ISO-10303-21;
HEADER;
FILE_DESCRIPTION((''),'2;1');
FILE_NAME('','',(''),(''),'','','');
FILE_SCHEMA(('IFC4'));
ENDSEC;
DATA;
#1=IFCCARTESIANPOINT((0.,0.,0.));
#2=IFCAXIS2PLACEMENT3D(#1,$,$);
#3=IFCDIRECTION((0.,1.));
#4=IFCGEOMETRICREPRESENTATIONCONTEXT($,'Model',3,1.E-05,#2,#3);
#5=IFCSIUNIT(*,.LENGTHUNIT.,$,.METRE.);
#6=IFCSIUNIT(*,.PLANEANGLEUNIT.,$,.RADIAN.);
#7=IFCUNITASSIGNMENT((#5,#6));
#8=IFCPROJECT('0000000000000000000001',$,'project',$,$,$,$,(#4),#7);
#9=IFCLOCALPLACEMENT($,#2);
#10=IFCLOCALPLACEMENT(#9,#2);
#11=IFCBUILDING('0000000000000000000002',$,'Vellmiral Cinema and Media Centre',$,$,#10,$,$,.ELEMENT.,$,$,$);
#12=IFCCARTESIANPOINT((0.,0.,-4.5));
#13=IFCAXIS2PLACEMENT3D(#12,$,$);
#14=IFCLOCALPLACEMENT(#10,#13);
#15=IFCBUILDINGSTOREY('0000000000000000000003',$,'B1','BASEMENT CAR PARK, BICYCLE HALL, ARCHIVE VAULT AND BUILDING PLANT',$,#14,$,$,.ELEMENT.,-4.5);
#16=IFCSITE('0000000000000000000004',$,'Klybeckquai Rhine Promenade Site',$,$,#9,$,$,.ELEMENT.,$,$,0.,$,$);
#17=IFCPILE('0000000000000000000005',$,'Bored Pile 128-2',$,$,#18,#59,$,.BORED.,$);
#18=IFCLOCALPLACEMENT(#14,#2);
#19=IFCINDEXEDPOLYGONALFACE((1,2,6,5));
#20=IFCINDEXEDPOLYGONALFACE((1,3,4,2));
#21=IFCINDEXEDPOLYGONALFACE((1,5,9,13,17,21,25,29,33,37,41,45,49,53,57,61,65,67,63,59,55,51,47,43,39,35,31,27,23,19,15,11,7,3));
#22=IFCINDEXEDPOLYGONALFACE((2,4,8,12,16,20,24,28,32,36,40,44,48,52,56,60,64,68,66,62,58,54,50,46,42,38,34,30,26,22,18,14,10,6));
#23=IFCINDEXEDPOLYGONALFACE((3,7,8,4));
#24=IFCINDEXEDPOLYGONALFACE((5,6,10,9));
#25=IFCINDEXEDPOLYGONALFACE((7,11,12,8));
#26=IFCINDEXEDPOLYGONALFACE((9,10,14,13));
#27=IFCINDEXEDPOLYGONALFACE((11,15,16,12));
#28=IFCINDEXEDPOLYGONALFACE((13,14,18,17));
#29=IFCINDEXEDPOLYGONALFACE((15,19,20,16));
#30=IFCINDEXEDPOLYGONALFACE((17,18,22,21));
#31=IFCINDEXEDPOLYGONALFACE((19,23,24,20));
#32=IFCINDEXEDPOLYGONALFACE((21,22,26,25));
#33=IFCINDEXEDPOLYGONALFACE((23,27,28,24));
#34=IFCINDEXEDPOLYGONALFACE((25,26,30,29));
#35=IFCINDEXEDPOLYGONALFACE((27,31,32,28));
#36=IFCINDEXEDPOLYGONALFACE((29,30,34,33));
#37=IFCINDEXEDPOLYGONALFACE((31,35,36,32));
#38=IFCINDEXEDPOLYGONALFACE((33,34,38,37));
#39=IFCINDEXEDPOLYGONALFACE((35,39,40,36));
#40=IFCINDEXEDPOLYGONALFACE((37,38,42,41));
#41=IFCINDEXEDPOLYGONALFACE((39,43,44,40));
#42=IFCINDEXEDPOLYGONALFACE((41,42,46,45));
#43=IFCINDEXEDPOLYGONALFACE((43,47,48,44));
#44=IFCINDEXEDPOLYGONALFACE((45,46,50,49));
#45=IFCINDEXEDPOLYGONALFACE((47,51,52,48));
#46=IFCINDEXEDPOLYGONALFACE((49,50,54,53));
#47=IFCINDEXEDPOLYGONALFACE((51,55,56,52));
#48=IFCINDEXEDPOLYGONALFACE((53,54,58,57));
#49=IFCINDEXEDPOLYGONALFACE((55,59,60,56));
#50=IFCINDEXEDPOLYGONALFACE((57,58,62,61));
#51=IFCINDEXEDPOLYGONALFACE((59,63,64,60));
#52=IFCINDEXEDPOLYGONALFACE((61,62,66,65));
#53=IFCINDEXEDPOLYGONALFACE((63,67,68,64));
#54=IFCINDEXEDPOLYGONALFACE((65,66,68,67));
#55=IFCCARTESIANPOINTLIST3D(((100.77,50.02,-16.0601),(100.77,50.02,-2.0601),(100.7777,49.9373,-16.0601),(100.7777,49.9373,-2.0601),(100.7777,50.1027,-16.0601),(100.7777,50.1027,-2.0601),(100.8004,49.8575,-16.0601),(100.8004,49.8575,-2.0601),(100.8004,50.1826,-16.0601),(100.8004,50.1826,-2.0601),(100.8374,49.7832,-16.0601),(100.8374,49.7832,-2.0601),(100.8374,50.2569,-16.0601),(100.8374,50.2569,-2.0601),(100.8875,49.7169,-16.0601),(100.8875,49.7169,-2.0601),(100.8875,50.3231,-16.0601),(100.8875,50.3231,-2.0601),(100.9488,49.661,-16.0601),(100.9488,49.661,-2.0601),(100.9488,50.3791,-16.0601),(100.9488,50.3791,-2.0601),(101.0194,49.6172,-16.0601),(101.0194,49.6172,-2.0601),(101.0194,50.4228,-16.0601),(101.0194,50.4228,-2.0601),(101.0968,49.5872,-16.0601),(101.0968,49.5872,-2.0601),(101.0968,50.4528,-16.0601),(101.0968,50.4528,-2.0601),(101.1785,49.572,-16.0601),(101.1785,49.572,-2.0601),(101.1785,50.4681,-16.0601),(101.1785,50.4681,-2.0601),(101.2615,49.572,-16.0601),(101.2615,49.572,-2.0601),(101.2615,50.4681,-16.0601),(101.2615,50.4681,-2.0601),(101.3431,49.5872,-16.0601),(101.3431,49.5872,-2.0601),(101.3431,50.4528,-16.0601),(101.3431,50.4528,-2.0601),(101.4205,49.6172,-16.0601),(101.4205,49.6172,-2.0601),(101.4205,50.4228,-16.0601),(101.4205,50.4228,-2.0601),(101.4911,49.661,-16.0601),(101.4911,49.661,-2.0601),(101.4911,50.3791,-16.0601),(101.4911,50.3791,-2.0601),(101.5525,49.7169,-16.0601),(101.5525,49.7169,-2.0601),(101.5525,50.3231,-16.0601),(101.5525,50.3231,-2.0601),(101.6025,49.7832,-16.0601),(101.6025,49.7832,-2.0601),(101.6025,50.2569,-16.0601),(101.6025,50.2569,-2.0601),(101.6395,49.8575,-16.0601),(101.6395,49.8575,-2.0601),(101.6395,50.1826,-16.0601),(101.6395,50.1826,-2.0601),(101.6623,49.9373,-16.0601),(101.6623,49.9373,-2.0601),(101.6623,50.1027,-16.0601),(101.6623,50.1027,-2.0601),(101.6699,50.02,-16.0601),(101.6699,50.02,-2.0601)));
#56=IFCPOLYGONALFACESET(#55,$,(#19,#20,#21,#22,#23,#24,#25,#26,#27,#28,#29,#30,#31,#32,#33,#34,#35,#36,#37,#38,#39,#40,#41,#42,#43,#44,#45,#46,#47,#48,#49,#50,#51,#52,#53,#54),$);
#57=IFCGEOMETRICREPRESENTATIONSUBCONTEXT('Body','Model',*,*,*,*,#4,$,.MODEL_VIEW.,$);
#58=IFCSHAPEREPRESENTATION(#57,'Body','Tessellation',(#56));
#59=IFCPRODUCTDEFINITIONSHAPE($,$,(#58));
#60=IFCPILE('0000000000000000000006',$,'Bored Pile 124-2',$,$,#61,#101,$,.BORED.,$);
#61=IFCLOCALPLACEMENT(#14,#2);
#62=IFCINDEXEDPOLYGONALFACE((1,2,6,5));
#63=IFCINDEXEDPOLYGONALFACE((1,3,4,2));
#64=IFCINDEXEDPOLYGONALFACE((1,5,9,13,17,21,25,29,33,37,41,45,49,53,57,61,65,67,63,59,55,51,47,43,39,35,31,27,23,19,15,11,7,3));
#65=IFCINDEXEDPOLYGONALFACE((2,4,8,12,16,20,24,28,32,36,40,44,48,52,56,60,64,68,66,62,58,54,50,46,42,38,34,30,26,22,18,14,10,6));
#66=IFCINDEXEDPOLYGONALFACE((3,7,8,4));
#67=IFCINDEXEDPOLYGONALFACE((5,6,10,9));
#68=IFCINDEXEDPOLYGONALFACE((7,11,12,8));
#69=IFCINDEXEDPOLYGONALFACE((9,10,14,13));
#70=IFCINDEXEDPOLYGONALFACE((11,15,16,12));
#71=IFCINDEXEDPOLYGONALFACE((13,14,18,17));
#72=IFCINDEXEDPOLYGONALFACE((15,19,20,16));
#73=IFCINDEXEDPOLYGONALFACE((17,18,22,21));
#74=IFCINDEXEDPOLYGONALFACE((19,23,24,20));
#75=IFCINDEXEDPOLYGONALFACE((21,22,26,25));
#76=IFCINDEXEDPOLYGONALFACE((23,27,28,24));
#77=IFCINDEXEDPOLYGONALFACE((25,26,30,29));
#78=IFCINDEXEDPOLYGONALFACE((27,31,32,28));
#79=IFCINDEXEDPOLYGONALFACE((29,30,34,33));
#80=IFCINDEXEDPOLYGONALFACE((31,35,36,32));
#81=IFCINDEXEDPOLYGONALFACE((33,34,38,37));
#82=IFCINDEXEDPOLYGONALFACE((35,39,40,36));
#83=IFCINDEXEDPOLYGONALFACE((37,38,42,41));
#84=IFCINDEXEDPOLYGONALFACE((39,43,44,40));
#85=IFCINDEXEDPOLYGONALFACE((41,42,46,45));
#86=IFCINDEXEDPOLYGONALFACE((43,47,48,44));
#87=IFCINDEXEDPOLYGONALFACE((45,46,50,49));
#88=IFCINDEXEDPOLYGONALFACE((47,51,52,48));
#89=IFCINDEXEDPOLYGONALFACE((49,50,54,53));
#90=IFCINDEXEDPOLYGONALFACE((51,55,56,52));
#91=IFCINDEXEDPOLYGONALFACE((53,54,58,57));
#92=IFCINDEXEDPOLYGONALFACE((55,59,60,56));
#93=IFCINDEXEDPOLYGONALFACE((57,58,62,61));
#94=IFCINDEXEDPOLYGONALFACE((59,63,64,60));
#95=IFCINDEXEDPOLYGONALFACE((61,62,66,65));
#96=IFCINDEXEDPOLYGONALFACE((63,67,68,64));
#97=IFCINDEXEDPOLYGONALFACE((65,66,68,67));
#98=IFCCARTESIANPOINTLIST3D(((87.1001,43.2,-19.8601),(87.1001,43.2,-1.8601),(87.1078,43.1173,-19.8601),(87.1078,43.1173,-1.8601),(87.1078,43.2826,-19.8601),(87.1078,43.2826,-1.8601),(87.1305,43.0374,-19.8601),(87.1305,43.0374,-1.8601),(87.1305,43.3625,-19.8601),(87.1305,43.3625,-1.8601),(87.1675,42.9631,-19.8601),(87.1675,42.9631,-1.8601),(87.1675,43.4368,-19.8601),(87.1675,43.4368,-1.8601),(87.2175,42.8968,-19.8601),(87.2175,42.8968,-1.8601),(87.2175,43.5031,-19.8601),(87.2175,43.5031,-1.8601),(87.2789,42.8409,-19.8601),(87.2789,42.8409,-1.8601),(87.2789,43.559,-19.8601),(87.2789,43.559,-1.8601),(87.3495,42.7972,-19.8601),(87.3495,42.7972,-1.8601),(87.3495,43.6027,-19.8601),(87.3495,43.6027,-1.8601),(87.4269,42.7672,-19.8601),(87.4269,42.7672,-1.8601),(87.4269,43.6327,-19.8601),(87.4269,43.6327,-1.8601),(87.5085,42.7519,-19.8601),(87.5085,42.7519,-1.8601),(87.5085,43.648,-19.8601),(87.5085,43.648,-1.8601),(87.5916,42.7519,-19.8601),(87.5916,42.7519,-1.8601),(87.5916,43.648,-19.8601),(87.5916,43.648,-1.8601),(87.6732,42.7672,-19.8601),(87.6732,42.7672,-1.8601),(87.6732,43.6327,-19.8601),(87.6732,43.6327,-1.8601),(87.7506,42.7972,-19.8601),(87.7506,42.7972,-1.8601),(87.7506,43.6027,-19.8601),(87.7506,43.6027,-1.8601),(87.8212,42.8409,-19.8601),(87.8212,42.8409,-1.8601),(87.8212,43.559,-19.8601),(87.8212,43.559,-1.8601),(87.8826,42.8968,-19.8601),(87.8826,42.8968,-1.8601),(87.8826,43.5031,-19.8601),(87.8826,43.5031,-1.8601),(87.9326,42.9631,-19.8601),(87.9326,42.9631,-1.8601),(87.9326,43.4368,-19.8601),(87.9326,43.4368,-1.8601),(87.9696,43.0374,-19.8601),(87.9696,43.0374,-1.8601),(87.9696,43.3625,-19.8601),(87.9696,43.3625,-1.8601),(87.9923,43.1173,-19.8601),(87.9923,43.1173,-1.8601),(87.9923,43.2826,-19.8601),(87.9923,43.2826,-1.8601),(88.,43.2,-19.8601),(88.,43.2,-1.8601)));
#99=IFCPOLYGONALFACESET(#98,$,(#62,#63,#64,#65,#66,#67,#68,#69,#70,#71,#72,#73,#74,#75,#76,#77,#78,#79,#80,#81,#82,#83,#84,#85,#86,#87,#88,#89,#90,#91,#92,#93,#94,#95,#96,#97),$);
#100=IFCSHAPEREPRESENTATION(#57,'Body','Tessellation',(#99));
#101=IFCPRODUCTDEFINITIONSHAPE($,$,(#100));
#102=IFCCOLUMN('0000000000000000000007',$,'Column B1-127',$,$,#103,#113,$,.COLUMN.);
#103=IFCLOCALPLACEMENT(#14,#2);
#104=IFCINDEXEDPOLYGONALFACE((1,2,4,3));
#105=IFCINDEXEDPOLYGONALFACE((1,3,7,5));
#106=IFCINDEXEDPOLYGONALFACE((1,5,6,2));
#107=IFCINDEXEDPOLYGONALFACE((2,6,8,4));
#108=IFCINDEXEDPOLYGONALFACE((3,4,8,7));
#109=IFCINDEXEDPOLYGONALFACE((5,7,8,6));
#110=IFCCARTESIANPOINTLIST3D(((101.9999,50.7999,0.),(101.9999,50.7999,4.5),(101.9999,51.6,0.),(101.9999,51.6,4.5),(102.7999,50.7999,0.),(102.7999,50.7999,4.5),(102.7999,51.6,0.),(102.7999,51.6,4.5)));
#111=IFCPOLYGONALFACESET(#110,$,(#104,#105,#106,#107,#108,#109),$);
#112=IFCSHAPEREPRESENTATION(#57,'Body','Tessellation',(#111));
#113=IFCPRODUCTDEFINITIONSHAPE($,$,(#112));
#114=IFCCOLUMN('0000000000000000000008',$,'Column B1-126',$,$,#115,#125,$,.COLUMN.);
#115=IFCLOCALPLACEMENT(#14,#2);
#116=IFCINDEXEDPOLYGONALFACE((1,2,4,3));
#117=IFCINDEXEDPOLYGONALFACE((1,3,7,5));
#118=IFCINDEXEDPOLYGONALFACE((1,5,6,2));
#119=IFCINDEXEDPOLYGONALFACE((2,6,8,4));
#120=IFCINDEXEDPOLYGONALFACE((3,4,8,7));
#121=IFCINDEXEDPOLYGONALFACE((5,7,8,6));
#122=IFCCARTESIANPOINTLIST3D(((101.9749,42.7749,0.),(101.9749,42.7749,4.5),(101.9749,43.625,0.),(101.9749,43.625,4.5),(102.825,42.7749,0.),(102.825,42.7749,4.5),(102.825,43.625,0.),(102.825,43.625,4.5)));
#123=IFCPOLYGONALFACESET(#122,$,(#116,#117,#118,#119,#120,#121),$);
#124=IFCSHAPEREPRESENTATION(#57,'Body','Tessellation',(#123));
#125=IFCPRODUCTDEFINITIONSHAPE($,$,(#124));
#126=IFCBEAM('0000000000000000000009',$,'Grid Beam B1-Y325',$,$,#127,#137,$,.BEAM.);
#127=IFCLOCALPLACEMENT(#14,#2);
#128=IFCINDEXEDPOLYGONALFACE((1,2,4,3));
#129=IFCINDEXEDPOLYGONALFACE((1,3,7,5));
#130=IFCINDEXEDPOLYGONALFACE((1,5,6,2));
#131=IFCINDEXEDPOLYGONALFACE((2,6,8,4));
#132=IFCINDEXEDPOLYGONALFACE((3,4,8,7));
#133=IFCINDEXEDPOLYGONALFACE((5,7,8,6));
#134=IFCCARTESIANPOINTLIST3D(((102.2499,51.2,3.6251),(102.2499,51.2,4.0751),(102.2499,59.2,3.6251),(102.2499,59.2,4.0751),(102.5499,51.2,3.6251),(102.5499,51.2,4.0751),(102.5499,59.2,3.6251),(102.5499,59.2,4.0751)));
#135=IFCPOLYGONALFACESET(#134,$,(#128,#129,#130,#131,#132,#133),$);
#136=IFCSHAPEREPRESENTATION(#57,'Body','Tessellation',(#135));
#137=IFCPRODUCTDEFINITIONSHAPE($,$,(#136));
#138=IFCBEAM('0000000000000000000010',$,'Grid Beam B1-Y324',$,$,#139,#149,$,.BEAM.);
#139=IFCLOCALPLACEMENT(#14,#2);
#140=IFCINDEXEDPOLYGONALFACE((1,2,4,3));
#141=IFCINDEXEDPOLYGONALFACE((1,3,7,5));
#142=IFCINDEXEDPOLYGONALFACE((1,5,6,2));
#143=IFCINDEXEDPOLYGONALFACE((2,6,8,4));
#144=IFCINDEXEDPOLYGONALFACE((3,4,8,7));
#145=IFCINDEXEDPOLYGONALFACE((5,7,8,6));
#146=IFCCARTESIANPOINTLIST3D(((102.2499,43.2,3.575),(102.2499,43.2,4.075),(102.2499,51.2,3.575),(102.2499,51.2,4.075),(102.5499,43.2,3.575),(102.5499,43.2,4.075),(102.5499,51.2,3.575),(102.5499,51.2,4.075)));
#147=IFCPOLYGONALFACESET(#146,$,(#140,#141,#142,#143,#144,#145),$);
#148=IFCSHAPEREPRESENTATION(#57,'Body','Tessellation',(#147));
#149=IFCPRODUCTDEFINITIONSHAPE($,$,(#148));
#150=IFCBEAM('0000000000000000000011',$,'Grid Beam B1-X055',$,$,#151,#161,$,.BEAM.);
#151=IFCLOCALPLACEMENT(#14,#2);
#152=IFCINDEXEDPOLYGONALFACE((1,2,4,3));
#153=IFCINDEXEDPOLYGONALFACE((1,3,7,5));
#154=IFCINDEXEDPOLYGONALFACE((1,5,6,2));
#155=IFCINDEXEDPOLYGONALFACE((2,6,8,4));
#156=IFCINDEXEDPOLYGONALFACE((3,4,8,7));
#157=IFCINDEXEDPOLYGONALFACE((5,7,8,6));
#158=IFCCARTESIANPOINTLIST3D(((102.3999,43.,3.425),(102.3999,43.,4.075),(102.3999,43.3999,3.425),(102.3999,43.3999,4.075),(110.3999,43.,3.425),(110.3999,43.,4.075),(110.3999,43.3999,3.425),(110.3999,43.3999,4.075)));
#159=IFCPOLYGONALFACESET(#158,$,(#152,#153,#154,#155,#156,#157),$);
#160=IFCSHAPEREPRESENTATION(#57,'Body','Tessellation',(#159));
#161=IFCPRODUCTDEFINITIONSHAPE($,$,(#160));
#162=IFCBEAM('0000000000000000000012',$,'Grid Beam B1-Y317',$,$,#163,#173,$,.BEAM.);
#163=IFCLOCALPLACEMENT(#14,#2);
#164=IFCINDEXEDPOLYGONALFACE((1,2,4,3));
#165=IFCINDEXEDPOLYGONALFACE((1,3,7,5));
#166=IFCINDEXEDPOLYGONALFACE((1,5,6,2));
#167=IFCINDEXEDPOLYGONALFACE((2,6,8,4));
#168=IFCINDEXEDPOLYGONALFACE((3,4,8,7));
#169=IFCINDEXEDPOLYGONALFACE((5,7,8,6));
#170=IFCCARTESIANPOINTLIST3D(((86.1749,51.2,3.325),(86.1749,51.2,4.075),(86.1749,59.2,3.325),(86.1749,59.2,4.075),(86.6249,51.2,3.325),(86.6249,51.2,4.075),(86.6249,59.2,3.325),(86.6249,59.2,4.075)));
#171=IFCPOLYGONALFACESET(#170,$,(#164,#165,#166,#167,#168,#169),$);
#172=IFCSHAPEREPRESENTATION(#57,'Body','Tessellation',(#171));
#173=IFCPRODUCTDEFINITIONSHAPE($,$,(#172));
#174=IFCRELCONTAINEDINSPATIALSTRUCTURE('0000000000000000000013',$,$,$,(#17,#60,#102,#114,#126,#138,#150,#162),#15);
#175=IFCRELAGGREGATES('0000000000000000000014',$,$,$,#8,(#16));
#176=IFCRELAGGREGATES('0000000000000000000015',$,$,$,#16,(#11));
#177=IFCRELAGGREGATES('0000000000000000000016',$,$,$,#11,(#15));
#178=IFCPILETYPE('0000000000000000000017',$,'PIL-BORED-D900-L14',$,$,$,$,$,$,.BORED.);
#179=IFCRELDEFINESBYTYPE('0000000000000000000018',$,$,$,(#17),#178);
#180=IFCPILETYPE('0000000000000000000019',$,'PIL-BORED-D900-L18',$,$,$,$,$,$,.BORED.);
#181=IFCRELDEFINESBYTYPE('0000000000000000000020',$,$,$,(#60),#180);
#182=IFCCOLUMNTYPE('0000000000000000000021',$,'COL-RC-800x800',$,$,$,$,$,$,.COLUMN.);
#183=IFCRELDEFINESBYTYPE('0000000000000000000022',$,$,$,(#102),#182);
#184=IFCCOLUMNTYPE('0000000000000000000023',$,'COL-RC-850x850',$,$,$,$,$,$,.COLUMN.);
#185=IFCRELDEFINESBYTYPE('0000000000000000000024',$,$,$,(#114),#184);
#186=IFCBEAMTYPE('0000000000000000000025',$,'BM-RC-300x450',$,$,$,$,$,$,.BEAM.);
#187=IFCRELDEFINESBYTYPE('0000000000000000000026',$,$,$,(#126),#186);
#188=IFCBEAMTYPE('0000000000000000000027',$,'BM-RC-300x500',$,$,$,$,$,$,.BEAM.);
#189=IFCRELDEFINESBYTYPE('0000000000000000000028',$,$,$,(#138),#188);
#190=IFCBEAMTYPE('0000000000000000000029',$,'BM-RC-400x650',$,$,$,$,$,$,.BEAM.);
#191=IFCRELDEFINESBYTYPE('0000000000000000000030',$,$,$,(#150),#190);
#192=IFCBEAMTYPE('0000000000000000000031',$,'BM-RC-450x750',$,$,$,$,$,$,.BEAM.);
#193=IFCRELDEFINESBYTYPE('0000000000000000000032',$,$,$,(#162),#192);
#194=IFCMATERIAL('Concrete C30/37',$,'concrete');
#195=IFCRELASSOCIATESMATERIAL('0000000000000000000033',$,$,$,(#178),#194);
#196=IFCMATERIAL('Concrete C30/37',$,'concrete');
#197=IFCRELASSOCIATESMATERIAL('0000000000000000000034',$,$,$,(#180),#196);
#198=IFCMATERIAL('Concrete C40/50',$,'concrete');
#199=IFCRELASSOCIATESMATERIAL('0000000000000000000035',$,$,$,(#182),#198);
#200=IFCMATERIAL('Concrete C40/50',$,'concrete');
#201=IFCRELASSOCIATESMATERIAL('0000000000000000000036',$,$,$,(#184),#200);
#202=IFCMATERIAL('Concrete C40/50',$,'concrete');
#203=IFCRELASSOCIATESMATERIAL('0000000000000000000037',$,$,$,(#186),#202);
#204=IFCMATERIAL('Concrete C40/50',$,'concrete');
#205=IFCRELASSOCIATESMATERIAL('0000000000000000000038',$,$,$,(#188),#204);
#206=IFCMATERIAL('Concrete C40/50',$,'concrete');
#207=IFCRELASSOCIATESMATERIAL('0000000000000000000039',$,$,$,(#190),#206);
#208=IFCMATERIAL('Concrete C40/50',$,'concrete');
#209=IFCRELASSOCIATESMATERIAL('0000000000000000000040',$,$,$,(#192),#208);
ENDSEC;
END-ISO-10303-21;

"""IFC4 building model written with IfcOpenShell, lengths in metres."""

from ifc_helpers import new_model, si_unit, direction, frame, origin, origin_2d, place, context, subcontext, project, spatial, rectangle, circle, extrude, material, material_profile, profile_set, type_object, element, save


model = new_model("IFC4")

# Units and contexts
model_context = context("Model", 3, precision=1e-05, world=origin(), true_north=direction((0.0, 1.0)))
body_context = subcontext(model_context, "Body", "Model", "MODEL_VIEW")
ifc_project = project(units=[si_unit("LENGTHUNIT", "METRE"), si_unit("PLANEANGLEUNIT", "RADIAN")], contexts=[model_context])

# Site, building, storey
site_placement = place(None, origin())
site = spatial("IfcSite", under=ifc_project, at=site_placement, Name="Klybeckquai Rhine Promenade Site", CompositionType="ELEMENT", RefElevation=0.0)
building_placement = place(site_placement, origin())
building = spatial("IfcBuilding", under=site, at=building_placement, Name="Vellmiral Cinema and Media Centre", CompositionType="ELEMENT")
storey_placement = place(building_placement, frame((0.0, 0.0, -4.5)))
storey = spatial("IfcBuildingStorey", under=building, at=storey_placement, Name="B1", Description="BASEMENT CAR PARK, BICYCLE HALL, ARCHIVE VAULT AND BUILDING PLANT", CompositionType="ELEMENT", Elevation=-4.5)

# Piles
ifc_material_1 = material(Name="Concrete C30/37", Category="concrete")
ifc_material_profile_1 = material_profile(ifc_material_1, circle(Radius=0.45, at=origin_2d()), Name="PILE D900")
ifc_profile_set_1 = profile_set([ifc_material_profile_1], Name="Concrete C30/37")
pile_type_1 = type_object("IfcPileType", Name="PIL-BORED-D900-L14", PredefinedType="BORED", material=ifc_profile_set_1)
pile_1_placement = place(storey_placement, frame((101.22, 50.02, -2.0601), z_axis=(0.0, 0.0, -1.0), x_axis=(1.0, 0.0, 0.0)))
element("IfcPile", 1, at=pile_1_placement, inside=storey, type_object=pile_type_1, Name="Bored Pile 128-2", PredefinedType="BORED", context=body_context, shape_type="SweptSolid", body=[
    extrude(circle(Radius=0.45, at=origin_2d()), origin(), (0.0, 0.0, 1.0), 14.0),
])
ifc_material_2 = material(Name="Concrete C30/37", Category="concrete")
ifc_material_profile_2 = material_profile(ifc_material_2, circle(Radius=0.45, at=origin_2d()), Name="PILE D900")
ifc_profile_set_2 = profile_set([ifc_material_profile_2], Name="Concrete C30/37")
pile_type_2 = type_object("IfcPileType", Name="PIL-BORED-D900-L18", PredefinedType="BORED", material=ifc_profile_set_2)
pile_2_placement = place(storey_placement, frame((87.55, 43.2, -1.8601), z_axis=(0.0, 0.0, -1.0), x_axis=(1.0, 0.0, 0.0)))
element("IfcPile", 2, at=pile_2_placement, inside=storey, type_object=pile_type_2, Name="Bored Pile 124-2", PredefinedType="BORED", context=body_context, shape_type="SweptSolid", body=[
    extrude(circle(Radius=0.45, at=origin_2d()), origin(), (0.0, 0.0, 1.0), 18.0),
])

# Columns
ifc_material_3 = material(Name="Concrete C40/50", Category="concrete")
ifc_material_profile_3 = material_profile(ifc_material_3, rectangle(XDim=0.8, YDim=0.8, at=origin_2d()), Name="RC 800x800")
ifc_profile_set_3 = profile_set([ifc_material_profile_3], Name="Concrete C40/50")
column_type_1 = type_object("IfcColumnType", Name="COL-RC-800x800", PredefinedType="COLUMN", material=ifc_profile_set_3)
column_1_placement = place(storey_placement, frame((102.3999, 51.2, 0.0), z_axis=(0.0, 0.0, 1.0), x_axis=(1.0, 0.0, 0.0)))
element("IfcColumn", 3, at=column_1_placement, inside=storey, type_object=column_type_1, Name="Column B1-127", PredefinedType="COLUMN", context=body_context, shape_type="SweptSolid", body=[
    extrude(rectangle(XDim=0.8, YDim=0.8, at=origin_2d()), origin(), (0.0, 0.0, 1.0), 4.5),
])
ifc_material_4 = material(Name="Concrete C40/50", Category="concrete")
ifc_material_profile_4 = material_profile(ifc_material_4, rectangle(XDim=0.8501, YDim=0.8501, at=origin_2d()), Name="RC 850x850")
ifc_profile_set_4 = profile_set([ifc_material_profile_4], Name="Concrete C40/50")
column_type_2 = type_object("IfcColumnType", Name="COL-RC-850x850", PredefinedType="COLUMN", material=ifc_profile_set_4)
column_2_placement = place(storey_placement, frame((102.3999, 43.2, 0.0), z_axis=(0.0, 0.0, 1.0), x_axis=(1.0, 0.0, 0.0)))
element("IfcColumn", 4, at=column_2_placement, inside=storey, type_object=column_type_2, Name="Column B1-126", PredefinedType="COLUMN", context=body_context, shape_type="SweptSolid", body=[
    extrude(rectangle(XDim=0.8501, YDim=0.8501, at=origin_2d()), origin(), (0.0, 0.0, 1.0), 4.5),
])

# Beams
ifc_material_5 = material(Name="Concrete C40/50", Category="concrete")
ifc_material_profile_5 = material_profile(ifc_material_5, rectangle(XDim=0.3, YDim=0.45, at=origin_2d()), Name="RC 300x450")
ifc_profile_set_5 = profile_set([ifc_material_profile_5], Name="Concrete C40/50")
beam_type_1 = type_object("IfcBeamType", Name="BM-RC-300x450", PredefinedType="BEAM", material=ifc_profile_set_5)
beam_1_placement = place(storey_placement, frame((102.3999, 51.2, 3.8501), z_axis=(0.0, 1.0, 0.0), x_axis=(-1.0, 0.0, 0.0)))
element("IfcBeam", 5, at=beam_1_placement, inside=storey, type_object=beam_type_1, Name="Grid Beam B1-Y325", PredefinedType="BEAM", context=body_context, shape_type="SweptSolid", body=[
    extrude(rectangle(XDim=0.3, YDim=0.45, at=origin_2d()), origin(), (0.0, 0.0, 1.0), 8.0),
])
ifc_material_6 = material(Name="Concrete C40/50", Category="concrete")
ifc_material_profile_6 = material_profile(ifc_material_6, rectangle(XDim=0.3, YDim=0.5, at=origin_2d()), Name="RC 300x500")
ifc_profile_set_6 = profile_set([ifc_material_profile_6], Name="Concrete C40/50")
beam_type_2 = type_object("IfcBeamType", Name="BM-RC-300x500", PredefinedType="BEAM", material=ifc_profile_set_6)
beam_2_placement = place(storey_placement, frame((102.3999, 43.2, 3.825), z_axis=(0.0, 1.0, 0.0), x_axis=(-1.0, 0.0, 0.0)))
element("IfcBeam", 6, at=beam_2_placement, inside=storey, type_object=beam_type_2, Name="Grid Beam B1-Y324", PredefinedType="BEAM", context=body_context, shape_type="SweptSolid", body=[
    extrude(rectangle(XDim=0.3, YDim=0.5, at=origin_2d()), origin(), (0.0, 0.0, 1.0), 8.0),
])
ifc_material_7 = material(Name="Concrete C40/50", Category="concrete")
ifc_material_profile_7 = material_profile(ifc_material_7, rectangle(XDim=0.3999, YDim=0.6499, at=origin_2d()), Name="RC 400x650")
ifc_profile_set_7 = profile_set([ifc_material_profile_7], Name="Concrete C40/50")
beam_type_3 = type_object("IfcBeamType", Name="BM-RC-400x650", PredefinedType="BEAM", material=ifc_profile_set_7)
beam_3_placement = place(storey_placement, frame((102.3999, 43.2, 3.75), z_axis=(1.0, 0.0, 0.0), x_axis=(0.0, 1.0, 0.0)))
element("IfcBeam", 7, at=beam_3_placement, inside=storey, type_object=beam_type_3, Name="Grid Beam B1-X055", PredefinedType="BEAM", context=body_context, shape_type="SweptSolid", body=[
    extrude(rectangle(XDim=0.3999, YDim=0.6499, at=origin_2d()), origin(), (0.0, 0.0, 1.0), 8.0),
])
ifc_material_8 = material(Name="Concrete C40/50", Category="concrete")
ifc_material_profile_8 = material_profile(ifc_material_8, rectangle(XDim=0.45, YDim=0.75, at=origin_2d()), Name="RC 450x750")
ifc_profile_set_8 = profile_set([ifc_material_profile_8], Name="Concrete C40/50")
beam_type_4 = type_object("IfcBeamType", Name="BM-RC-450x750", PredefinedType="BEAM", material=ifc_profile_set_8)
beam_4_placement = place(storey_placement, frame((86.3999, 51.2, 3.7), z_axis=(0.0, 1.0, 0.0), x_axis=(-1.0, 0.0, 0.0)))
element("IfcBeam", 8, at=beam_4_placement, inside=storey, type_object=beam_type_4, Name="Grid Beam B1-Y317", PredefinedType="BEAM", context=body_context, shape_type="SweptSolid", body=[
    extrude(rectangle(XDim=0.45, YDim=0.75, at=origin_2d()), origin(), (0.0, 0.0, 1.0), 8.0),
])

save(model, "model.ifc")
